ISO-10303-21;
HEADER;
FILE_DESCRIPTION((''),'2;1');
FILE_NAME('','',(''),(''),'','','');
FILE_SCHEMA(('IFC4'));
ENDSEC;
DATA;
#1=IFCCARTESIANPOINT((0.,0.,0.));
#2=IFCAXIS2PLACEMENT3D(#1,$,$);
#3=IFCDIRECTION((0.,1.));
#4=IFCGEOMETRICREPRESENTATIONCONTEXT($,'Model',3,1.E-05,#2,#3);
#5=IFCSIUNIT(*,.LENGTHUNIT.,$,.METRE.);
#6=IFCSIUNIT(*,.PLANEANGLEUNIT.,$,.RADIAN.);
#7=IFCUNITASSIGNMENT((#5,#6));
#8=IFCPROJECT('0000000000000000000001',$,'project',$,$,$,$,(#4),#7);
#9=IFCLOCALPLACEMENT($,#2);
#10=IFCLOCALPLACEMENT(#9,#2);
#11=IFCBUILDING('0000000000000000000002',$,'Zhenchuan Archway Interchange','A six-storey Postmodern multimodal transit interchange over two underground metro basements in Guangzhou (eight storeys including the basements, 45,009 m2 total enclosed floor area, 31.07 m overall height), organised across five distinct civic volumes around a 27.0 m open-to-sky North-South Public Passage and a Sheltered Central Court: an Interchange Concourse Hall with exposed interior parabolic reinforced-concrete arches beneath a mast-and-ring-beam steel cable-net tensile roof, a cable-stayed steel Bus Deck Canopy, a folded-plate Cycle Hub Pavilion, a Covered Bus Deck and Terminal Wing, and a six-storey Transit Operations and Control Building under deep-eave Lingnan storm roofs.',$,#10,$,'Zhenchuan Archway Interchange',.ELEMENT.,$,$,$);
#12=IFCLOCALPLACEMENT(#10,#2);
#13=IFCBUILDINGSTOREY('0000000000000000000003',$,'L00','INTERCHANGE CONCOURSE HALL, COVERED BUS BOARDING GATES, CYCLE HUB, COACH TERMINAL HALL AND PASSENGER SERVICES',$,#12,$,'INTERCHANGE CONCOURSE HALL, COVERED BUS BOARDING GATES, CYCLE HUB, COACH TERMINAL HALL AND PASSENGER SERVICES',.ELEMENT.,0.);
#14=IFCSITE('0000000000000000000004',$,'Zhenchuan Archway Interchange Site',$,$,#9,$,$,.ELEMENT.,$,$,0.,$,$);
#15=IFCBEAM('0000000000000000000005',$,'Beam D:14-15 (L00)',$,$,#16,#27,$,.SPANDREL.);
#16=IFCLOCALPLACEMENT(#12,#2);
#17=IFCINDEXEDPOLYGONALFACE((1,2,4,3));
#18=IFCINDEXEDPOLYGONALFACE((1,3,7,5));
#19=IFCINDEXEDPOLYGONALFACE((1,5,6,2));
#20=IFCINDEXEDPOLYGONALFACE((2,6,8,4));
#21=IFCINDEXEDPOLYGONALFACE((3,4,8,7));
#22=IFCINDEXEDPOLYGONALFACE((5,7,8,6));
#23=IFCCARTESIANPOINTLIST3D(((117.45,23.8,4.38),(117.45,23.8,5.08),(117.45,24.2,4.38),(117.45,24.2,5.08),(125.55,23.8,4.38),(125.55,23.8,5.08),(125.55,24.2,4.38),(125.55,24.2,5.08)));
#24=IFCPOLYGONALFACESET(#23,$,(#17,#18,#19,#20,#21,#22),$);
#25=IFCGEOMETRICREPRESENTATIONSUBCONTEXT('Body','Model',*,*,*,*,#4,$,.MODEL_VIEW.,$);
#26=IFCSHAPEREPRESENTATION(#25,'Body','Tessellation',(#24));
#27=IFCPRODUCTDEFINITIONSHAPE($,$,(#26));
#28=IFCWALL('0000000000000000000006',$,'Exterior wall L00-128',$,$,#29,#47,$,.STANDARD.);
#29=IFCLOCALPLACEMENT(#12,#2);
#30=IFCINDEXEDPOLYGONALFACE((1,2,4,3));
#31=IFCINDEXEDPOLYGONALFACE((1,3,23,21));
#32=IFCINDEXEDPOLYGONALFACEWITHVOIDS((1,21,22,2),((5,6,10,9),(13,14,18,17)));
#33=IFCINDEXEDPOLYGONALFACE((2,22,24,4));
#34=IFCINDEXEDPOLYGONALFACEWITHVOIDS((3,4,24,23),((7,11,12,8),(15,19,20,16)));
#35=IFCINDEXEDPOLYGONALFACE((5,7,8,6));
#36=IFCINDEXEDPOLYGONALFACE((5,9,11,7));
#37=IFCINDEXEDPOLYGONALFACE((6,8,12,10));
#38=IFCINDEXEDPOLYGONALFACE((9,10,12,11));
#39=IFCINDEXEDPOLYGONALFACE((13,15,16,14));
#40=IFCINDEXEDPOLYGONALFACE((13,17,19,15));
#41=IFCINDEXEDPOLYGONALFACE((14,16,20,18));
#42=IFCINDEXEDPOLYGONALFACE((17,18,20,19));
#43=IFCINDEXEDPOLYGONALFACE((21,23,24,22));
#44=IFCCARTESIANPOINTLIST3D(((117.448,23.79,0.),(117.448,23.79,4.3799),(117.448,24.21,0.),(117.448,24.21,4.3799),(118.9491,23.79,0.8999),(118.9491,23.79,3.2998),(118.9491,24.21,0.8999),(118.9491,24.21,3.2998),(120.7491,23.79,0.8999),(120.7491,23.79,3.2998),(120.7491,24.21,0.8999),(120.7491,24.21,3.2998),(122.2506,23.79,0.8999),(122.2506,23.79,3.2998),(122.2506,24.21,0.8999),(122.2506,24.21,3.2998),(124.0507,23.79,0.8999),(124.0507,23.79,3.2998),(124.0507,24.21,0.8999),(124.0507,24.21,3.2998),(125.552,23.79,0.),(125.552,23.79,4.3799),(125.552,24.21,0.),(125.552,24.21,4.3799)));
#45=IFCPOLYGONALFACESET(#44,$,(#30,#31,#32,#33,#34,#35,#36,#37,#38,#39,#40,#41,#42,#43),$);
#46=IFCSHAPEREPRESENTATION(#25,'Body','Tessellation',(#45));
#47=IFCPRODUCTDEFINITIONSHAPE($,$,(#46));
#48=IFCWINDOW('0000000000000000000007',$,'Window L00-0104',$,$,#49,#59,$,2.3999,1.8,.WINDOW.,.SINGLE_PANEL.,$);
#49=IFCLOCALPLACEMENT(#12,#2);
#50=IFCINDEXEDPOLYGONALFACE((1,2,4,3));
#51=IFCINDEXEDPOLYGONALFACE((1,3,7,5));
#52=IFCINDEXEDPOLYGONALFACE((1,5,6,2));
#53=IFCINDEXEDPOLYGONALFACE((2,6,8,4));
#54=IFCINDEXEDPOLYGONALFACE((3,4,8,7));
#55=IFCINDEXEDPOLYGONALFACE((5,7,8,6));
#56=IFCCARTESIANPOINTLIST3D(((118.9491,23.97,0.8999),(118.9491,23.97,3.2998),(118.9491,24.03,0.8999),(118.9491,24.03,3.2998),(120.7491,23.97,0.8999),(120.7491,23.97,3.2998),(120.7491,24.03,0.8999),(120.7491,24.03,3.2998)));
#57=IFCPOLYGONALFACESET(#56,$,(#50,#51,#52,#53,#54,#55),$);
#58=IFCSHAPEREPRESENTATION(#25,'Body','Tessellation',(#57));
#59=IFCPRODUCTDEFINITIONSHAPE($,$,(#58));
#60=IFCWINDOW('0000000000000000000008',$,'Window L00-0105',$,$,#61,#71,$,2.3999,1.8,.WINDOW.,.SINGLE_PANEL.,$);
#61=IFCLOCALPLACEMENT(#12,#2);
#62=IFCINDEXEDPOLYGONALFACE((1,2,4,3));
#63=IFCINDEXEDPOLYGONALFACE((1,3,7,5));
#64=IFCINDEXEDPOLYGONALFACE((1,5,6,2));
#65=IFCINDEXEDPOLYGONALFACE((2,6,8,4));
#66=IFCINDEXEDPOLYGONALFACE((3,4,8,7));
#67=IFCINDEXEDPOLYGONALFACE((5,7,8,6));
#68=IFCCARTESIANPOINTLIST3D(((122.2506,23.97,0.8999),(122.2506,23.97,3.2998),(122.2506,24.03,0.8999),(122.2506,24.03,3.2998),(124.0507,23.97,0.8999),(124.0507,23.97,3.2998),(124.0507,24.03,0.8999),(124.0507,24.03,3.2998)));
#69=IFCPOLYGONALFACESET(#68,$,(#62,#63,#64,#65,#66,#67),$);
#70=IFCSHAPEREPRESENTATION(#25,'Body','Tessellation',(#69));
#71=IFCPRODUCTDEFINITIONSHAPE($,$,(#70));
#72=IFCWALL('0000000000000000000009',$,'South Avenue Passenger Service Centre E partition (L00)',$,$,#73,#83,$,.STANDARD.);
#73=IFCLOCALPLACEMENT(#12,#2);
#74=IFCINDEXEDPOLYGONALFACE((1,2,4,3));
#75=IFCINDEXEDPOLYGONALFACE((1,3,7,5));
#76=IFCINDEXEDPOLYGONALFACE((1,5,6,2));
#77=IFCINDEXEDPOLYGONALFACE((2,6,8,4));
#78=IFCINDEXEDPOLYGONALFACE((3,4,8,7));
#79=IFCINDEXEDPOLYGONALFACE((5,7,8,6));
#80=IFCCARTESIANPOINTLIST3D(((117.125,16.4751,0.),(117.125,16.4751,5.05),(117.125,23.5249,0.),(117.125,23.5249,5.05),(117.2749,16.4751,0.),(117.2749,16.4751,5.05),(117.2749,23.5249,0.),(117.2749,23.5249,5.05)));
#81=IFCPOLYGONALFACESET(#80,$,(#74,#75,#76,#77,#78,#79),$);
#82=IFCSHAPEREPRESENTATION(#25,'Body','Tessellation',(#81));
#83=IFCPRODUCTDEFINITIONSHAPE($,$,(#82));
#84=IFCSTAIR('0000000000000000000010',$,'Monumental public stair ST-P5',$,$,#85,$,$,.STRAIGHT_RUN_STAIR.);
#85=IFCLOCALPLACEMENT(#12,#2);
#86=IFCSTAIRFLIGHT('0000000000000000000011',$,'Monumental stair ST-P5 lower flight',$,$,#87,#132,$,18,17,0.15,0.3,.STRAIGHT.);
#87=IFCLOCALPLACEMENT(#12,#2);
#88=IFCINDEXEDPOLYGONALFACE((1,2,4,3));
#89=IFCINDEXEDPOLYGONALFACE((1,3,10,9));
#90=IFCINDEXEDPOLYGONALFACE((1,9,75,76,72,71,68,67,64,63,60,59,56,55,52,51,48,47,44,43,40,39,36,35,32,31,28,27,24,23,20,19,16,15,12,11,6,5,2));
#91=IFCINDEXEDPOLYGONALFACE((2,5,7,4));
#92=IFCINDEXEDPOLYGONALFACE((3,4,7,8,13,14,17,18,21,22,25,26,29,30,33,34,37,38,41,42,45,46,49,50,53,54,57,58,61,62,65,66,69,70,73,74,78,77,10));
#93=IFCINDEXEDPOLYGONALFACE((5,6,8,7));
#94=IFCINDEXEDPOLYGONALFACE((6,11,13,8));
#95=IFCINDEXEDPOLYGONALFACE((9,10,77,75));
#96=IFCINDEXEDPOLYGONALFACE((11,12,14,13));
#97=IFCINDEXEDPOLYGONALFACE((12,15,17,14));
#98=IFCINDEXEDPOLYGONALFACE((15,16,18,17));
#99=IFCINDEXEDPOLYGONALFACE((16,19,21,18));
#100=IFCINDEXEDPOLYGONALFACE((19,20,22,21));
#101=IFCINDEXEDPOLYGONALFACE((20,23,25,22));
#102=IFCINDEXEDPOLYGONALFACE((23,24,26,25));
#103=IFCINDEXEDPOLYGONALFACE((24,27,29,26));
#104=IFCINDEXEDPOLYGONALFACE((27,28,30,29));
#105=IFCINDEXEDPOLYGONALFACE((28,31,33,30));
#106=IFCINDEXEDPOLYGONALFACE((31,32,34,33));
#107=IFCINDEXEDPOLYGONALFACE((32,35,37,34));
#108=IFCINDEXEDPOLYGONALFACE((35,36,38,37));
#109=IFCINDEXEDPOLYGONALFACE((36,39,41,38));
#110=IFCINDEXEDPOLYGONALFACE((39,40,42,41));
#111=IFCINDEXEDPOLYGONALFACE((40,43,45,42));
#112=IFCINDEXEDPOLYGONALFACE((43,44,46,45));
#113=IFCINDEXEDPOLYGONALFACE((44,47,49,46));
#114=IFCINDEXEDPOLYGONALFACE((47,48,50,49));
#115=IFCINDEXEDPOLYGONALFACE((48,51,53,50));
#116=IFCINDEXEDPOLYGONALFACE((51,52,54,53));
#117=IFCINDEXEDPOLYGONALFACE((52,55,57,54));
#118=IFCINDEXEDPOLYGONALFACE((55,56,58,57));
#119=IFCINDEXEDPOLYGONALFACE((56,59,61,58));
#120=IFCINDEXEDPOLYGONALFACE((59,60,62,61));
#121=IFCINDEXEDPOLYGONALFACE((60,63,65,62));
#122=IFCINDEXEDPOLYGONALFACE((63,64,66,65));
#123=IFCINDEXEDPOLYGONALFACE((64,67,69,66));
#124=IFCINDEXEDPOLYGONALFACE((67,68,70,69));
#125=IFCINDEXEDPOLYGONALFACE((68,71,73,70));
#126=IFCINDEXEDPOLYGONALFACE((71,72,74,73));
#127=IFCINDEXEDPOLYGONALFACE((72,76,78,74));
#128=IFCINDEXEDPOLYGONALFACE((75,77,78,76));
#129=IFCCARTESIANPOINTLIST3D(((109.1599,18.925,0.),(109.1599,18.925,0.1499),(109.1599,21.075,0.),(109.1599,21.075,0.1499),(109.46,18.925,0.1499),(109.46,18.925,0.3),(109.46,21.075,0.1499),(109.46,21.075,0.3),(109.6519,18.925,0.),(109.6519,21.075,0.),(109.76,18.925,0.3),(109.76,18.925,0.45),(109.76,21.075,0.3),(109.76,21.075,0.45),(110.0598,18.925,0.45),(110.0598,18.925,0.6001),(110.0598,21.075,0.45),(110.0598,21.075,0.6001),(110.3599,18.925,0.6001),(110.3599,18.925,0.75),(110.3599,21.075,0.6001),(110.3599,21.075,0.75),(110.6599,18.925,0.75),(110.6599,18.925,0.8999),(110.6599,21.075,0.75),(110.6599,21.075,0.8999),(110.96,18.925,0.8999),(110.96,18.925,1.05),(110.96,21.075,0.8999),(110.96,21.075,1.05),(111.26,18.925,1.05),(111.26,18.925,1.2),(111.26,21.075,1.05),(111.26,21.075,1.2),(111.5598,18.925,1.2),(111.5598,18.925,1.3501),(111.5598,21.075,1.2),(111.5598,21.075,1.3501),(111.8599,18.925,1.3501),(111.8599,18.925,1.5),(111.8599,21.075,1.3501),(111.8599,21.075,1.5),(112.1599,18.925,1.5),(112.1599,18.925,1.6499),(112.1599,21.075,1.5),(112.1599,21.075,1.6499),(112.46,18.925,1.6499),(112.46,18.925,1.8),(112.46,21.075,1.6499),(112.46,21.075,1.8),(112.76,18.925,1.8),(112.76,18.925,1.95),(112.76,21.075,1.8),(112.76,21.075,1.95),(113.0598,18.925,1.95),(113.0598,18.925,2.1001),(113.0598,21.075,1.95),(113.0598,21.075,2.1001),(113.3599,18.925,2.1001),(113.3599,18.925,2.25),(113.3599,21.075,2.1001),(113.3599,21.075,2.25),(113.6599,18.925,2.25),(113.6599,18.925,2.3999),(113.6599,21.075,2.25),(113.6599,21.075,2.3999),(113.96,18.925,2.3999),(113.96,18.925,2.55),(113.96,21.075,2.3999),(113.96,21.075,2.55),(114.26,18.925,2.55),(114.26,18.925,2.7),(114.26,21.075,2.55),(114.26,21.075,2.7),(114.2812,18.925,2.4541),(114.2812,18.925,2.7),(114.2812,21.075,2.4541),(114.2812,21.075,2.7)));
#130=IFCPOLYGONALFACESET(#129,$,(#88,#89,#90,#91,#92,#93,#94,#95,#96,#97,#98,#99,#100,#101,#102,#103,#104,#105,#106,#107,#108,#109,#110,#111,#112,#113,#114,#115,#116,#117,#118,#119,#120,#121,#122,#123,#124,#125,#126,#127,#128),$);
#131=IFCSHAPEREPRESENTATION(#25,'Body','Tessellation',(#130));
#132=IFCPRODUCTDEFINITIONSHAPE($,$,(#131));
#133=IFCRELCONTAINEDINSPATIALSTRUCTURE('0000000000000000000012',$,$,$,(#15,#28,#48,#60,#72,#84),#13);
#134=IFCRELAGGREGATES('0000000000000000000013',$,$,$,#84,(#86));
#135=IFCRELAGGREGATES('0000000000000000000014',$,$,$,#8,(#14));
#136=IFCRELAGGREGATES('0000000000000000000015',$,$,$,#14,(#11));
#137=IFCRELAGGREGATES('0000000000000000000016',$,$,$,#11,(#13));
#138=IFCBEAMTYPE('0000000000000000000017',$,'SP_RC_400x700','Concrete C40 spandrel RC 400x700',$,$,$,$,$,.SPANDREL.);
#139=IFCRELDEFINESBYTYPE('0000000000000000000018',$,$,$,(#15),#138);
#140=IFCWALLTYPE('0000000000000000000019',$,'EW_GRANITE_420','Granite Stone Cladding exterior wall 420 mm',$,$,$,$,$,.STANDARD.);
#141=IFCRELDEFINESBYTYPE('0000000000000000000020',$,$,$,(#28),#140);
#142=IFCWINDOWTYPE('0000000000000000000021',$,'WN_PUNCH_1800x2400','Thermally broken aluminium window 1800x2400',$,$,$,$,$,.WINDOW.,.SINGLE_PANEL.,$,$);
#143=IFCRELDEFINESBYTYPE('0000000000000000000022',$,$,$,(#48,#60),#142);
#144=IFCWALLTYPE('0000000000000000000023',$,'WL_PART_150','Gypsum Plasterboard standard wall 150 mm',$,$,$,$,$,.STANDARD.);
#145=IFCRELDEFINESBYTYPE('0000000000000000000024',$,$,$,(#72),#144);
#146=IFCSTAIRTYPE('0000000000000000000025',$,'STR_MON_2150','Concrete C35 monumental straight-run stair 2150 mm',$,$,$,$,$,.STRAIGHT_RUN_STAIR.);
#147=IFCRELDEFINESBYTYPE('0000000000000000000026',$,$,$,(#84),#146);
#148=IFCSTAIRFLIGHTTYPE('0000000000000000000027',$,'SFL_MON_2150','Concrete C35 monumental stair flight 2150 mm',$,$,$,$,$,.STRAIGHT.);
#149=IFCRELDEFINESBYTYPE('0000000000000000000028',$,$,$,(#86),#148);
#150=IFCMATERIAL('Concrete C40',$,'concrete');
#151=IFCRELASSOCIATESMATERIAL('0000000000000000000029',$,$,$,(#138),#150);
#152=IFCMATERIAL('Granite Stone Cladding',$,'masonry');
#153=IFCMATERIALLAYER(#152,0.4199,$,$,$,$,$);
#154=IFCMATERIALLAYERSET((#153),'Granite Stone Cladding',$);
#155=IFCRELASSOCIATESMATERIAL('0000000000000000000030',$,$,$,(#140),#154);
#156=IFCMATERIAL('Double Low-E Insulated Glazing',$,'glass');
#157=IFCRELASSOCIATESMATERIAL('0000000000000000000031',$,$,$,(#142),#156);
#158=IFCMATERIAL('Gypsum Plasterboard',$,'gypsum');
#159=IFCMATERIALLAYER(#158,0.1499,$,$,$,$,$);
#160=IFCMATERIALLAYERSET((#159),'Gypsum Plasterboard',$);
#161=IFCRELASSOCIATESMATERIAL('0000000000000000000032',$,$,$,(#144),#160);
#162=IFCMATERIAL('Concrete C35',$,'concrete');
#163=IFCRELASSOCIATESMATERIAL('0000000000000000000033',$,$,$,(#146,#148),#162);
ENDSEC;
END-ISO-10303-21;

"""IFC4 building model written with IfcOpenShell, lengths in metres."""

from ifc_helpers import new_model, si_unit, direction, frame, frame_2d, origin, origin_2d, place, context, subcontext, project, spatial, polyline, rectangle, outline, extrude, material, layer, layer_set, material_profile, profile_set, type_object, element, fill, aggregate, save


model = new_model("IFC4")

# Units and contexts
model_context = context("Model", 3, precision=1e-05, world=origin(), true_north=direction((0.0, 1.0)))
body_context = subcontext(model_context, "Body", "Model", "MODEL_VIEW")
ifc_project = project(units=[si_unit("LENGTHUNIT", "METRE"), si_unit("PLANEANGLEUNIT", "RADIAN")], contexts=[model_context])

# Site, building, storey
site_placement = place(None, origin())
site = spatial("IfcSite", under=ifc_project, at=site_placement, Name="Zhenchuan Archway Interchange Site", CompositionType="ELEMENT", RefElevation=0.0)
building_placement = place(site_placement, origin())
building = spatial("IfcBuilding", under=site, at=building_placement, Name="Zhenchuan Archway Interchange", Description="A six-storey Postmodern multimodal transit interchange over two underground metro basements in Guangzhou (eight storeys including the basements, 45,009 m2 total enclosed floor area, 31.07 m overall height), organised across five distinct civic volumes around a 27.0 m open-to-sky North-South Public Passage and a Sheltered Central Court: an Interchange Concourse Hall with exposed interior parabolic reinforced-concrete arches beneath a mast-and-ring-beam steel cable-net tensile roof, a cable-stayed steel Bus Deck Canopy, a folded-plate Cycle Hub Pavilion, a Covered Bus Deck and Terminal Wing, and a six-storey Transit Operations and Control Building under deep-eave Lingnan storm roofs.", LongName="Zhenchuan Archway Interchange", CompositionType="ELEMENT")
storey_placement = place(building_placement, origin())
storey = spatial("IfcBuildingStorey", under=building, at=storey_placement, Name="L00", Description="INTERCHANGE CONCOURSE HALL, COVERED BUS BOARDING GATES, CYCLE HUB, COACH TERMINAL HALL AND PASSENGER SERVICES", LongName="INTERCHANGE CONCOURSE HALL, COVERED BUS BOARDING GATES, CYCLE HUB, COACH TERMINAL HALL AND PASSENGER SERVICES", CompositionType="ELEMENT", Elevation=0.0)

# Shared definitions
ifc_material_1 = material(Name="Concrete C40", Category="concrete")

# Shared definitions
ifc_material_2 = material(Name="Concrete C35", Category="concrete")

# Beam
ifc_material_profile_1 = material_profile(ifc_material_1, rectangle(XDim=0.3999, YDim=0.7, at=origin_2d()), Name="RC 400x700")
ifc_profile_set_1 = profile_set([ifc_material_profile_1], Name="Concrete C40")
beam_type = type_object("IfcBeamType", Name="SP_RC_400x700", Description="Concrete C40 spandrel RC 400x700", PredefinedType="SPANDREL", material=ifc_profile_set_1)
beam_placement = place(storey_placement, frame((117.45, 24.0, 4.73), z_axis=(1.0, 0.0, 0.0), x_axis=(0.0, 1.0, 0.0)))
element("IfcBeam", 1, at=beam_placement, inside=storey, type_object=beam_type, Name="Beam D:14-15 (L00)", PredefinedType="SPANDREL", context=body_context, shape_type="SweptSolid", body=[
    extrude(rectangle(XDim=0.3999, YDim=0.7, at=origin_2d()), origin(), (0.0, 0.0, 1.0), 8.1001),
])

# Wall, openings, windows
ifc_material_3 = material(Name="Granite Stone Cladding", Category="masonry")
ifc_layer_1 = layer(ifc_material_3, 0.4199)
ifc_layer_set_1 = layer_set([ifc_layer_1], Name="Granite Stone Cladding")
wall_type_1 = type_object("IfcWallType", Name="EW_GRANITE_420", Description="Granite Stone Cladding exterior wall 420 mm", PredefinedType="STANDARD", material=ifc_layer_set_1)
wall_1_placement = place(storey_placement, frame((117.448, 24.0, 0.0), z_axis=(0.0, 0.0, 1.0), x_axis=(1.0, 0.0, 0.0)))
wall_1 = element("IfcWall", 2, at=wall_1_placement, inside=storey, type_object=wall_type_1, Name="Exterior wall L00-128", PredefinedType="STANDARD", context=body_context, shape_type="SweptSolid", body=[
    extrude(rectangle(XDim=8.104, YDim=0.4199, at=frame_2d((4.052, 0.0))), origin(), (0.0, 0.0, 1.0), 4.3799),
])
opening_1_placement = place(wall_1_placement, frame((1.5012, 0.0, 0.8999)))
opening_1 = element("IfcOpeningElement", 3, at=opening_1_placement, cuts=wall_1, PredefinedType="OPENING", context=body_context, shape_type="SweptSolid", body=[
    extrude(rectangle(XDim=1.8, YDim=2.3999, at=frame_2d((0.8999, 1.2))), frame((0.0, 0.2219, 0.0), z_axis=(0.0, -1.0, 0.0), x_axis=(1.0, 0.0, 0.0)), (0.0, 0.0, 1.0), 0.4438),
])
opening_2_placement = place(wall_1_placement, frame((4.8027, 0.0, 0.8999)))
opening_2 = element("IfcOpeningElement", 4, at=opening_2_placement, cuts=wall_1, PredefinedType="OPENING", context=body_context, shape_type="SweptSolid", body=[
    extrude(rectangle(XDim=1.8, YDim=2.3999, at=frame_2d((0.8999, 1.2))), frame((0.0, 0.2219, 0.0), z_axis=(0.0, -1.0, 0.0), x_axis=(1.0, 0.0, 0.0)), (0.0, 0.0, 1.0), 0.4438),
])
ifc_material_4 = material(Name="Double Low-E Insulated Glazing", Category="glass")
window_type = type_object("IfcWindowType", Name="WN_PUNCH_1800x2400", Description="Thermally broken aluminium window 1800x2400", PartitioningType="SINGLE_PANEL", PredefinedType="WINDOW", material=ifc_material_4)
window_1_placement = place(opening_1_placement, origin())
window_1 = element("IfcWindow", 5, at=window_1_placement, inside=storey, type_object=window_type, Name="Window L00-0104", OverallHeight=2.3999, OverallWidth=1.8, PartitioningType="SINGLE_PANEL", PredefinedType="WINDOW", context=body_context, shape_type="SweptSolid", body=[
    extrude(rectangle(XDim=1.8, YDim=2.3999, at=frame_2d((0.8999, 1.2))), frame((0.0, 0.03, 0.0), z_axis=(0.0, -1.0, 0.0), x_axis=(1.0, 0.0, 0.0)), (0.0, 0.0, 1.0), 0.0601),
])
fill(opening_1, window_1)
window_2_placement = place(opening_2_placement, origin())
window_2 = element("IfcWindow", 6, at=window_2_placement, inside=storey, type_object=window_type, Name="Window L00-0105", OverallHeight=2.3999, OverallWidth=1.8, PartitioningType="SINGLE_PANEL", PredefinedType="WINDOW", context=body_context, shape_type="SweptSolid", body=[
    extrude(rectangle(XDim=1.8, YDim=2.3999, at=frame_2d((0.8999, 1.2))), frame((0.0, 0.03, 0.0), z_axis=(0.0, -1.0, 0.0), x_axis=(1.0, 0.0, 0.0)), (0.0, 0.0, 1.0), 0.0601),
])
fill(opening_2, window_2)

# Wall
ifc_material_5 = material(Name="Gypsum Plasterboard", Category="gypsum")
ifc_layer_2 = layer(ifc_material_5, 0.1499)
ifc_layer_set_2 = layer_set([ifc_layer_2], Name="Gypsum Plasterboard")
wall_type_2 = type_object("IfcWallType", Name="WL_PART_150", Description="Gypsum Plasterboard standard wall 150 mm", PredefinedType="STANDARD", material=ifc_layer_set_2)
wall_2_placement = place(storey_placement, frame((117.2, 16.4751, 0.0), z_axis=(0.0, 0.0, 1.0), x_axis=(0.0, 1.0, 0.0)))
element("IfcWall", 7, at=wall_2_placement, inside=storey, type_object=wall_type_2, Name="South Avenue Passenger Service Centre E partition (L00)", PredefinedType="STANDARD", context=body_context, shape_type="SweptSolid", body=[
    extrude(rectangle(XDim=7.0498, YDim=0.1499, at=frame_2d((3.5249, 0.0))), origin(), (0.0, 0.0, 1.0), 5.05),
])

# Stair, stair flight
stair_type = type_object("IfcStairType", Name="STR_MON_2150", Description="Concrete C35 monumental straight-run stair 2150 mm", PredefinedType="STRAIGHT_RUN_STAIR", material=ifc_material_2)
stair_placement = place(storey_placement, origin())
stair = element("IfcStair", 8, at=stair_placement, inside=storey, type_object=stair_type, Name="Monumental public stair ST-P5", PredefinedType="STRAIGHT_RUN_STAIR")
stair_flight_type = type_object("IfcStairFlightType", Name="SFL_MON_2150", Description="Concrete C35 monumental stair flight 2150 mm", PredefinedType="STRAIGHT", material=ifc_material_2)
stair_flight_1_placement = place(storey_placement, frame((109.1599, 20.0, 0.0), z_axis=(0.0, 0.0, 1.0), x_axis=(1.0, 0.0, 0.0)))
stair_flight_1 = element("IfcStairFlight", 9, at=stair_flight_1_placement, type_object=stair_flight_type, Name="Monumental stair ST-P5 lower flight", NumberOfRisers=18, NumberOfTreads=17, PredefinedType="STRAIGHT", RiserHeight=0.15, TreadLength=0.3, context=body_context, shape_type="SweptSolid", body=[
    extrude(outline(polyline([(0.0, 0.0), (0.0, 0.1499), (0.3, 0.1499), (0.3, 0.3), (0.6001, 0.3), (0.6001, 0.45), (0.8999, 0.45), (0.8999, 0.6001), (1.2, 0.6001), (1.2, 0.75), (1.5, 0.75), (1.5, 0.8999), (1.8, 0.8999), (1.8, 1.05), (2.1001, 1.05), (2.1001, 1.2), (2.3999, 1.2), (2.3999, 1.3501), (2.7, 1.3501), (2.7, 1.5), (3.0, 1.5), (3.0, 1.6499), (3.3, 1.6499), (3.3, 1.8), (3.6001, 1.8), (3.6001, 1.95), (3.8999, 1.95), (3.8999, 2.1001), (4.2, 2.1001), (4.2, 2.25), (4.5, 2.25), (4.5, 2.3999), (4.8, 2.3999), (4.8, 2.55), (5.1001, 2.55), (5.1001, 2.7), (5.1213, 2.7), (5.1213, 2.4541), (0.4919, 0.0), (0.0, 0.0)])), frame((0.0, 1.075, 0.0), z_axis=(0.0, -1.0, 0.0), x_axis=(1.0, 0.0, 0.0)), (0.0, 0.0, 1.0), 2.1499),
])
aggregate(stair, [stair_flight_1])

save(model, "model.ifc")
